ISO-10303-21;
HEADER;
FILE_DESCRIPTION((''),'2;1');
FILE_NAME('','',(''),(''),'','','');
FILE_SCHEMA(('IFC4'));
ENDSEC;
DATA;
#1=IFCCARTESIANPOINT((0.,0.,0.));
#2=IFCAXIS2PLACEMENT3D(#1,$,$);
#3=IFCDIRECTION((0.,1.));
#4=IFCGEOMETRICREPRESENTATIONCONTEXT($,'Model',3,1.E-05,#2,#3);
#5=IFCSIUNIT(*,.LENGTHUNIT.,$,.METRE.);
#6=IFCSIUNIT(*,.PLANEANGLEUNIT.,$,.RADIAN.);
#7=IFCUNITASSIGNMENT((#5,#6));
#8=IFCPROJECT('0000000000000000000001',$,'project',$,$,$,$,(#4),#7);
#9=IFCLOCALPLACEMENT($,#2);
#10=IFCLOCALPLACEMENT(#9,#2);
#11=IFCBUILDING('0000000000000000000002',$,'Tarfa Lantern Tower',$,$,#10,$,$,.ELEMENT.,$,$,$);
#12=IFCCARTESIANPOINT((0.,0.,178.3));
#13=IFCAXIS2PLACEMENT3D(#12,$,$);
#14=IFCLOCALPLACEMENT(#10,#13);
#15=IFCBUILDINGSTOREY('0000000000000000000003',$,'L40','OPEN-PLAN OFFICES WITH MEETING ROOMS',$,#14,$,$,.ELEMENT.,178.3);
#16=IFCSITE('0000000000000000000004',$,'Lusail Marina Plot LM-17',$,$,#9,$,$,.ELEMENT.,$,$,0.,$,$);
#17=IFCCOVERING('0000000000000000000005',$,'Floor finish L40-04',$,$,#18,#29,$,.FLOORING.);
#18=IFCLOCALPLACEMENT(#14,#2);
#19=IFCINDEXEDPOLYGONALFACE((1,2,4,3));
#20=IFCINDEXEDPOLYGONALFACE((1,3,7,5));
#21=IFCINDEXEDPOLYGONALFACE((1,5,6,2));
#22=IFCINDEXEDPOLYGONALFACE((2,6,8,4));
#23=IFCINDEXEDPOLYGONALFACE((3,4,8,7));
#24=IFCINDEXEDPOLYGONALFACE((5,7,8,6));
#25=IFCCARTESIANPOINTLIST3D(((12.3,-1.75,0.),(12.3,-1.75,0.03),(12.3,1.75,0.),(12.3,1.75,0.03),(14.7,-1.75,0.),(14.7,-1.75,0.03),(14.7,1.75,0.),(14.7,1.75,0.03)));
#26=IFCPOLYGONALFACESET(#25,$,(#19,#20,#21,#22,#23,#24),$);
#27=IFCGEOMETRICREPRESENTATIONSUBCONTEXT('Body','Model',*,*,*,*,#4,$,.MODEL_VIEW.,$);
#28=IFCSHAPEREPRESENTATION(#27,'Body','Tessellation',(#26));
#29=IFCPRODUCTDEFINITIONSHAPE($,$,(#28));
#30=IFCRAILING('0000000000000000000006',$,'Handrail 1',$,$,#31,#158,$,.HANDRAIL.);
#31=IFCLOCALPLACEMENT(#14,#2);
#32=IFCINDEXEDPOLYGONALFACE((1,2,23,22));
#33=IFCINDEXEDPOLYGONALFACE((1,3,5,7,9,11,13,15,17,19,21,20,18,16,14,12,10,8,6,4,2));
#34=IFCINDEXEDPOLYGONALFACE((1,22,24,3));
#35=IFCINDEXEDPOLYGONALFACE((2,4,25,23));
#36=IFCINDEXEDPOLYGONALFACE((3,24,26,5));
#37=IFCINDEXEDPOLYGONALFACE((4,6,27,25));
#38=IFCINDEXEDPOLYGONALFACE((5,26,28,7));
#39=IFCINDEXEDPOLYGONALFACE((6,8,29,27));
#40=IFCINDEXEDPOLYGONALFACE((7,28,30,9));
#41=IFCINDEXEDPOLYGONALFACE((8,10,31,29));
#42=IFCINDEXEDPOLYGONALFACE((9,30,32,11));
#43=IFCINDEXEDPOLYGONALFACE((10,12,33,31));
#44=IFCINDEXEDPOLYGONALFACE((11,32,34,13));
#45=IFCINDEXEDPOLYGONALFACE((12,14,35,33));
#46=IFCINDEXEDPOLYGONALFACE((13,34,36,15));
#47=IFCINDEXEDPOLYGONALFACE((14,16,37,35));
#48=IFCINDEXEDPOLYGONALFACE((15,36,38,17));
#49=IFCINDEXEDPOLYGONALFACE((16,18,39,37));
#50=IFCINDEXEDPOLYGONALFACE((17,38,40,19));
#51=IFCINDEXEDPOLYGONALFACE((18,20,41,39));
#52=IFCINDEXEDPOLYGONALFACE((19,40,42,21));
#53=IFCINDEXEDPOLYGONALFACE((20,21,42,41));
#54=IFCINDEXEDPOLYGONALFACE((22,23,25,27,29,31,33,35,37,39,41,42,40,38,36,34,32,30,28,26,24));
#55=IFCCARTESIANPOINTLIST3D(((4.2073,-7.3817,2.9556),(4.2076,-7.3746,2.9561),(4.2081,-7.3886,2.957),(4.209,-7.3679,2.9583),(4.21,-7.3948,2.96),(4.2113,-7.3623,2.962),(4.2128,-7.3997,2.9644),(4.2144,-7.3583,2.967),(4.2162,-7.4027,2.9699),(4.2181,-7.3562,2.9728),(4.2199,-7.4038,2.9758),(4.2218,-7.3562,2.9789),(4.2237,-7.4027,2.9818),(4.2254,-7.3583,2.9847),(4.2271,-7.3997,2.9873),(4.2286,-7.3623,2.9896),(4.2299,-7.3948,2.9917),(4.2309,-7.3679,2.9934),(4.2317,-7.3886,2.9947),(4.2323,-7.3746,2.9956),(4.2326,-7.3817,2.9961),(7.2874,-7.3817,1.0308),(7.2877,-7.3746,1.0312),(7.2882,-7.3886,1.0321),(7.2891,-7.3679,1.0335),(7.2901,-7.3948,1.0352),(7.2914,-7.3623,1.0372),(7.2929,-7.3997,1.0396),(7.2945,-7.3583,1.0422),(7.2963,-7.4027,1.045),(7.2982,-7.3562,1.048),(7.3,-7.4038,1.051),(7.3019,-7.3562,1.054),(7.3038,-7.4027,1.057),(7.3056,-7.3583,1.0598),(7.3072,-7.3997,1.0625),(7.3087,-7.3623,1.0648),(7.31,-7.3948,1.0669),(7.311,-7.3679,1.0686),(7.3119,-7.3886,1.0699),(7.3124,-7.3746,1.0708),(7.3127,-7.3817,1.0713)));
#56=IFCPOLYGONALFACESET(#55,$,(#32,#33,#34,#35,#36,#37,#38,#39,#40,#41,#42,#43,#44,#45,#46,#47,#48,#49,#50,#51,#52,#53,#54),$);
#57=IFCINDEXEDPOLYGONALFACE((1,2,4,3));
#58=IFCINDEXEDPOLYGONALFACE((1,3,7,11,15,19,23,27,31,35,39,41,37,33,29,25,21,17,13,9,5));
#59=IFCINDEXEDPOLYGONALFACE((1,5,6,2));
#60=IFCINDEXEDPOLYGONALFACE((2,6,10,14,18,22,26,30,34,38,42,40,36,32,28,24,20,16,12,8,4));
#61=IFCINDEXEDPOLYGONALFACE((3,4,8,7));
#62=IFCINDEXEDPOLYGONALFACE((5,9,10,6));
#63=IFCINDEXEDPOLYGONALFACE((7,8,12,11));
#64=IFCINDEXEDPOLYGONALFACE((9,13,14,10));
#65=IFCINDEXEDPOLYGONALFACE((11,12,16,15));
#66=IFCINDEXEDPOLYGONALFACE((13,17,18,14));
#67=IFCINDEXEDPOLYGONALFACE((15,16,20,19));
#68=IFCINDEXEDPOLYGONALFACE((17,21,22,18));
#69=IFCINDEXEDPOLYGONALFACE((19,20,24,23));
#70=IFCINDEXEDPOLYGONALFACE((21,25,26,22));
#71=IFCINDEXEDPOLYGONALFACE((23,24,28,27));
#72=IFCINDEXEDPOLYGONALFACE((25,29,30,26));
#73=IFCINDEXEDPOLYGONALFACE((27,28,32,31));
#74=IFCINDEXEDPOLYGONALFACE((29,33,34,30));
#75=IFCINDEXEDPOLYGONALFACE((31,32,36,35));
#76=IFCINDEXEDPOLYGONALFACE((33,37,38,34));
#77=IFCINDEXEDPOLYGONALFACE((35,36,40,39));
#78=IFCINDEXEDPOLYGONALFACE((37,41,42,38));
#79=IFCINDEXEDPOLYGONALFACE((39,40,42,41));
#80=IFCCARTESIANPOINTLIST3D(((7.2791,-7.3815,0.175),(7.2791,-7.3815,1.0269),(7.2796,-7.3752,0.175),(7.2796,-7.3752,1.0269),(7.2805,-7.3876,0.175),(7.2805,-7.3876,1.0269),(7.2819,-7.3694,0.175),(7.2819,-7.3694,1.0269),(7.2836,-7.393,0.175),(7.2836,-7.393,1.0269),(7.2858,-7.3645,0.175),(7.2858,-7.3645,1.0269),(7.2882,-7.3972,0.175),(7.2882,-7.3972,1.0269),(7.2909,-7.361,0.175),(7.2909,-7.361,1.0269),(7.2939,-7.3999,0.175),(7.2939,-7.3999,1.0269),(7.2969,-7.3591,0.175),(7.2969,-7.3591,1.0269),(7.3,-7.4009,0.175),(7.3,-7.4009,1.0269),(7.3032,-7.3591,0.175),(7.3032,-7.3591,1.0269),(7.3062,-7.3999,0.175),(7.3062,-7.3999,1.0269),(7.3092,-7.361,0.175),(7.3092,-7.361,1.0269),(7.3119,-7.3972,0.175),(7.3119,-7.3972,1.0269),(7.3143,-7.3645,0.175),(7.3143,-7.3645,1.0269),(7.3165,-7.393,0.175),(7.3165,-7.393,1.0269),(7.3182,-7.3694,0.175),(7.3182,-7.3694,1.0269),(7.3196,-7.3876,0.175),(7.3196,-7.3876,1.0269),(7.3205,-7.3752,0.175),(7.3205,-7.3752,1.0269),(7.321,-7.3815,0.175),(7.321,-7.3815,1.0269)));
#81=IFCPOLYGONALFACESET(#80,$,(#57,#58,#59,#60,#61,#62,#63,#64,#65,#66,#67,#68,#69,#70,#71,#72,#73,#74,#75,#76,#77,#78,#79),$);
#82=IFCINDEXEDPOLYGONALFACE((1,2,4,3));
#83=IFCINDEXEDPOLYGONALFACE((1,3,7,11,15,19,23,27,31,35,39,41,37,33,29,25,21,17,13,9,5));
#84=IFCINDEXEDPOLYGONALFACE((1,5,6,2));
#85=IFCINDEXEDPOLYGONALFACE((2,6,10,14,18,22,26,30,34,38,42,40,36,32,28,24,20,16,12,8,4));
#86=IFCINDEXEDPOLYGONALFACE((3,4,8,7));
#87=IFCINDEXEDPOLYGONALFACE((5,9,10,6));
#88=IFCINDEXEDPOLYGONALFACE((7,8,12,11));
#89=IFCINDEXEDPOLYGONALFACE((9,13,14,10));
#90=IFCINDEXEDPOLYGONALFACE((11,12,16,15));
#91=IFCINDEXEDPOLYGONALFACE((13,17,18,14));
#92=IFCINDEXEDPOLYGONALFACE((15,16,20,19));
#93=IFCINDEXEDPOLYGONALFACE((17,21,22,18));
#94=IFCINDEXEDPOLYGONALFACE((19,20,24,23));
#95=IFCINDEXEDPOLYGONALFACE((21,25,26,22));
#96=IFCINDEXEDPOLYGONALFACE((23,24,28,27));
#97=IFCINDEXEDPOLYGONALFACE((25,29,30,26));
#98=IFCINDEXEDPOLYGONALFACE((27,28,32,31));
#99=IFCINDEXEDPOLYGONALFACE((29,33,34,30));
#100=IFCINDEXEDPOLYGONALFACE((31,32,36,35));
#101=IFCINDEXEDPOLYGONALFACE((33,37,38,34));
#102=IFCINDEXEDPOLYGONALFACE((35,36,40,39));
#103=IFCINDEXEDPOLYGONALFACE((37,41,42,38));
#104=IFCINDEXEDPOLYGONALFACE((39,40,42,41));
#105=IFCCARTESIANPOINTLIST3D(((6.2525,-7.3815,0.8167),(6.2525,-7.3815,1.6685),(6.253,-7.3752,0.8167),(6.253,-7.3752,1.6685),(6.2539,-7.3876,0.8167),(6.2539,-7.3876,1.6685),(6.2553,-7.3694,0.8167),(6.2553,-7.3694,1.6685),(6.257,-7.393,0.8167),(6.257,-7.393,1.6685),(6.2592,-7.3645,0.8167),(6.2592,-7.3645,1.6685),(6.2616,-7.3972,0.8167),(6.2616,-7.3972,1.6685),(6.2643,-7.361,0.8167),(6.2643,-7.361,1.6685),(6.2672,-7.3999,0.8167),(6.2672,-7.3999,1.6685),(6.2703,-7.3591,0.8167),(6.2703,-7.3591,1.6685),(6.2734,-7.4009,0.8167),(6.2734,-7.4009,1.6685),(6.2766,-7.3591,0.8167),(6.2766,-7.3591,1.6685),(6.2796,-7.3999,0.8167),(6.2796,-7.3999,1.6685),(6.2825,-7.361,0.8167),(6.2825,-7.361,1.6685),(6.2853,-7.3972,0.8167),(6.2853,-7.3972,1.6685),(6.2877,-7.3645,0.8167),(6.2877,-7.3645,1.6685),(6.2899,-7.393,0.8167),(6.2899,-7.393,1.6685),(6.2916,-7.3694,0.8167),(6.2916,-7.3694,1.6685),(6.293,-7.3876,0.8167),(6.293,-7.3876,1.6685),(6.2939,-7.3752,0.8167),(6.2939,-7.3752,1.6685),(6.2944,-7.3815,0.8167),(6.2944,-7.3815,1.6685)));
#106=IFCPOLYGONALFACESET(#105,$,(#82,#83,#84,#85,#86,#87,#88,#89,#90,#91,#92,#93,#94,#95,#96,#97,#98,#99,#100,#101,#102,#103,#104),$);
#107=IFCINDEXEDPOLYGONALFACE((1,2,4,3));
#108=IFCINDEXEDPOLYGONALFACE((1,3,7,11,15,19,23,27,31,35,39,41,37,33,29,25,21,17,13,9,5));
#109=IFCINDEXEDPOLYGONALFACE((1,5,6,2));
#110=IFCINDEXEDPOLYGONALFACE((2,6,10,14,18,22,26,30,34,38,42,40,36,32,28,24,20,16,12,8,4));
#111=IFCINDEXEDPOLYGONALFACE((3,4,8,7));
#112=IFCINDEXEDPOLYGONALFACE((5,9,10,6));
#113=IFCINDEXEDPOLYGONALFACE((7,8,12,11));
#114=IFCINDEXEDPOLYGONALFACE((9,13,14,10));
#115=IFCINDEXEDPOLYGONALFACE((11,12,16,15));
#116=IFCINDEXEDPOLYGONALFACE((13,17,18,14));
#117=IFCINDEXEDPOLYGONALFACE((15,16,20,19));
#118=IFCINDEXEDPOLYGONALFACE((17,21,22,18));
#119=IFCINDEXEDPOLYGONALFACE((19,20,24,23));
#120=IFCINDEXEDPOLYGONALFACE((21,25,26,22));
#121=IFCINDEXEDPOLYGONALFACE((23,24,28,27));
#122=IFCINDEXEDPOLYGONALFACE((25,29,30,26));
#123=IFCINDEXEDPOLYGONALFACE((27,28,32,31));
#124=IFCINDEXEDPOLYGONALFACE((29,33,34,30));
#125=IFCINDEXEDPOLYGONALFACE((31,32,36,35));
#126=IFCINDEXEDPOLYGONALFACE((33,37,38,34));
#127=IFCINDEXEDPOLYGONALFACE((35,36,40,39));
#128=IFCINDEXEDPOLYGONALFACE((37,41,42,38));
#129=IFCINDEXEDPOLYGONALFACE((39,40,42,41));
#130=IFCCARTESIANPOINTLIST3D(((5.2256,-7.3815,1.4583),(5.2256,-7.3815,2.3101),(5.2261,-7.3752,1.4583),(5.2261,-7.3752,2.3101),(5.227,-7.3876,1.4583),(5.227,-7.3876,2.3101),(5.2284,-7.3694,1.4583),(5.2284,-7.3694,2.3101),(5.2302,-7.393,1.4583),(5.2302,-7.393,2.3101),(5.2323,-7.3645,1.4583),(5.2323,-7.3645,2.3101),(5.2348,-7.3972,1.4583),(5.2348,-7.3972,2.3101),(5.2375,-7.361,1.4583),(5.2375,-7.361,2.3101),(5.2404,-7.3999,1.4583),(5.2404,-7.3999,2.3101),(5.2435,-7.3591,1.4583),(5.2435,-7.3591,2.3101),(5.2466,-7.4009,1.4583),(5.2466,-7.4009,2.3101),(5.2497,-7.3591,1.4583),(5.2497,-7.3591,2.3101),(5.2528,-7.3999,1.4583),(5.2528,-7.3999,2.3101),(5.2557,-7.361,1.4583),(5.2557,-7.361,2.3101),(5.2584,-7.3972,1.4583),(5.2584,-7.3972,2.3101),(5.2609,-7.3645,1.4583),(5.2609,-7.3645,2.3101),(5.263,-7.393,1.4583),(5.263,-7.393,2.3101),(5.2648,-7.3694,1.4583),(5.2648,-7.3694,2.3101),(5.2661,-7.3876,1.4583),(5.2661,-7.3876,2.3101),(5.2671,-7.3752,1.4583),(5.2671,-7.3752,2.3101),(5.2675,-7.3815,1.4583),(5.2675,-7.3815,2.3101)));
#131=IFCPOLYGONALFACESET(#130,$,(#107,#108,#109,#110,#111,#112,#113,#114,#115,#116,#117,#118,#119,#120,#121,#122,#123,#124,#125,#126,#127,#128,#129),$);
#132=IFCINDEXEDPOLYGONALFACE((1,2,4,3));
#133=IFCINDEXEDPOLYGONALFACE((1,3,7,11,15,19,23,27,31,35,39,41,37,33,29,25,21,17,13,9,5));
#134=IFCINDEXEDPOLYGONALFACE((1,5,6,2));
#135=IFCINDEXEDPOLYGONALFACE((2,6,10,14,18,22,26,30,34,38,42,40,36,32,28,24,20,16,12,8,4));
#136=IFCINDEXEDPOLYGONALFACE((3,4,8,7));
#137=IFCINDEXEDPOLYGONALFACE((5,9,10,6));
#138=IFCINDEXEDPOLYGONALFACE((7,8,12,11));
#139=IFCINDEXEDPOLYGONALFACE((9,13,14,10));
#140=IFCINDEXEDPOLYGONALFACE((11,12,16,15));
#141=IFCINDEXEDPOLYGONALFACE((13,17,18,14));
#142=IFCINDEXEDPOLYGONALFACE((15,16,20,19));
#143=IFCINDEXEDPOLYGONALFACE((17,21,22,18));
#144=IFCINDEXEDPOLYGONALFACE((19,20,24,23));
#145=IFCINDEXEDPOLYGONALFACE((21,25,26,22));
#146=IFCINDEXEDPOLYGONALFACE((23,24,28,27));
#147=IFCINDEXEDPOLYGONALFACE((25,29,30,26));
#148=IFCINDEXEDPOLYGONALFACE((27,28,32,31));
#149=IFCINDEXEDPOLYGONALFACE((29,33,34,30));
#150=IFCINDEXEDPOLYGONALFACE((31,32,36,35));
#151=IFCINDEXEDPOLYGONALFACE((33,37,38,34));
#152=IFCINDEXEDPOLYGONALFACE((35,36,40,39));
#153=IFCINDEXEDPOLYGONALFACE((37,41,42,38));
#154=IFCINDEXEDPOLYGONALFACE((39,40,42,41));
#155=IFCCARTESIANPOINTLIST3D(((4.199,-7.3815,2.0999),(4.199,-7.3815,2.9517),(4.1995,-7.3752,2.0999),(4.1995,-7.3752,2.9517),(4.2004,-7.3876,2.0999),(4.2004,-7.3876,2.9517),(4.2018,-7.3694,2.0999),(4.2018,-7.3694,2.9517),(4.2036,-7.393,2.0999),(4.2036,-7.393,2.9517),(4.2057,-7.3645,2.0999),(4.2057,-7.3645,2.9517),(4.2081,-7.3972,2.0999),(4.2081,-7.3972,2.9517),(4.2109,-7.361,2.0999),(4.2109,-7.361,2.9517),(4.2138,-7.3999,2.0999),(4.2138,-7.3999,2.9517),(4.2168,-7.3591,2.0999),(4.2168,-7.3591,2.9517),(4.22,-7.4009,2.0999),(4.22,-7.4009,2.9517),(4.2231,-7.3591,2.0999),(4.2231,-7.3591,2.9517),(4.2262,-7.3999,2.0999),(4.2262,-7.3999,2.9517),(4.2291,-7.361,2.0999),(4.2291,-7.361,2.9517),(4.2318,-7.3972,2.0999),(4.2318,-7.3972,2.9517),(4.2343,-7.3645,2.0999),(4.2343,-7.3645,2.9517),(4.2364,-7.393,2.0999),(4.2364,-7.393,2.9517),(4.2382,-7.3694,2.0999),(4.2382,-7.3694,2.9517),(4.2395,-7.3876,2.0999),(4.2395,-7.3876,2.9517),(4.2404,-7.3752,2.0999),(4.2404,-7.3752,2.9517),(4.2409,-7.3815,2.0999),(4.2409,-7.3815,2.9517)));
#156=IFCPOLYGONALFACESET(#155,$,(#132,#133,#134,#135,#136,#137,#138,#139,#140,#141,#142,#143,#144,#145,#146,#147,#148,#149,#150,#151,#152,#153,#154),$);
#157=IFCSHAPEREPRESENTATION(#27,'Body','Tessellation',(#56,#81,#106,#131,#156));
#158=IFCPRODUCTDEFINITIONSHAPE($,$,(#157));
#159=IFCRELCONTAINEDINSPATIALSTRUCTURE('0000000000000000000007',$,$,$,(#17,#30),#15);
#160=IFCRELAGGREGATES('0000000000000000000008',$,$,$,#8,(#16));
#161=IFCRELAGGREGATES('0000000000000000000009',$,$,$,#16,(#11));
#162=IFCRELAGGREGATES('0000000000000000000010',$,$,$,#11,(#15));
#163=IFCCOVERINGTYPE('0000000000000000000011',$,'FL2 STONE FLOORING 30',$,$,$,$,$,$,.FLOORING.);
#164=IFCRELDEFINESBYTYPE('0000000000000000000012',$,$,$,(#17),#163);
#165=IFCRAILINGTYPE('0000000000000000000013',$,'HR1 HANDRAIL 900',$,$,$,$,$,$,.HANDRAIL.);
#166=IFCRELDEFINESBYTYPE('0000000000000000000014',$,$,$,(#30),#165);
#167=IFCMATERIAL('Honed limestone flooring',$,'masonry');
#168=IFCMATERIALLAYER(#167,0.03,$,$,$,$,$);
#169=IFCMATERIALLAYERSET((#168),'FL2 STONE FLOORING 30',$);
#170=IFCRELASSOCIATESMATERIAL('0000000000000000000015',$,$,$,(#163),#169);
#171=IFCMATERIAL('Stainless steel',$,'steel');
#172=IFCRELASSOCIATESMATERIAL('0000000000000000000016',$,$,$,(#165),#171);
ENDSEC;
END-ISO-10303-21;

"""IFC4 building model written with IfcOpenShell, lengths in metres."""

from ifc_helpers import new_model, si_unit, direction, frame, origin, origin_2d, place, context, subcontext, project, spatial, polyline, circle, outline, extrude, material, layer, layer_set, type_object, element, save


model = new_model("IFC4")

# Units and contexts
model_context = context("Model", 3, precision=1e-05, world=origin(), true_north=direction((0.0, 1.0)))
body_context = subcontext(model_context, "Body", "Model", "MODEL_VIEW")
ifc_project = project(units=[si_unit("LENGTHUNIT", "METRE"), si_unit("PLANEANGLEUNIT", "RADIAN")], contexts=[model_context])

# Site, building, storey
site_placement = place(None, origin())
site = spatial("IfcSite", under=ifc_project, at=site_placement, Name="Lusail Marina Plot LM-17", CompositionType="ELEMENT", RefElevation=0.0)
building_placement = place(site_placement, origin())
building = spatial("IfcBuilding", under=site, at=building_placement, Name="Tarfa Lantern Tower", CompositionType="ELEMENT")
storey_placement = place(building_placement, frame((0.0, 0.0, 178.3)))
storey = spatial("IfcBuildingStorey", under=building, at=storey_placement, Name="L40", Description="OPEN-PLAN OFFICES WITH MEETING ROOMS", CompositionType="ELEMENT", Elevation=178.3)

# Covering
ifc_material_1 = material(Name="Honed limestone flooring", Category="masonry")
ifc_layer_1 = layer(ifc_material_1, 0.03)
ifc_layer_set_1 = layer_set([ifc_layer_1], Name="FL2 STONE FLOORING 30")
covering_type_1 = type_object("IfcCoveringType", Name="FL2 STONE FLOORING 30", PredefinedType="FLOORING", material=ifc_layer_set_1)
covering_1_placement = place(storey_placement, origin())
element("IfcCovering", 1, at=covering_1_placement, inside=storey, type_object=covering_type_1, Name="Floor finish L40-04", PredefinedType="FLOORING", context=body_context, shape_type="SweptSolid", body=[
    extrude(outline(polyline([(12.3, -1.75), (14.7, -1.75), (14.7, 1.75), (12.3, 1.75), (12.3, -1.75)])), origin(), (0.0, 0.0, 1.0), 0.03),
])

# Railing
ifc_material_2 = material(Name="Stainless steel", Category="steel")
railing_type = type_object("IfcRailingType", Name="HR1 HANDRAIL 900", PredefinedType="HANDRAIL", material=ifc_material_2)
railing_1_placement = place(storey_placement, frame((7.3, -7.3799, 0.175)))
element("IfcRailing", 2, at=railing_1_placement, inside=storey, type_object=railing_type, Name="Handrail 1", PredefinedType="HANDRAIL", context=body_context, shape_type="SweptSolid", body=[
    extrude(circle(Radius=0.0239, at=origin_2d()), frame((0.0, 0.0, 0.876), z_axis=(-0.848029, 0.0, 0.529951), x_axis=(0.0, -1.0, 0.0)), (0.0, 0.0, 1.0), 3.6321),
    extrude(circle(Radius=0.021, at=origin_2d()), frame((0.0, 0.0, 0.0), z_axis=(0.0, 0.0, 1.0), x_axis=(0.0, -1.0, 0.0)), (0.0, 0.0, 1.0), 0.8518),
    extrude(circle(Radius=0.021, at=origin_2d()), frame((-1.0266, 0.0, 0.6416), z_axis=(0.0, 0.0, 1.0), x_axis=(0.0, -1.0, 0.0)), (0.0, 0.0, 1.0), 0.8518),
    extrude(circle(Radius=0.021, at=origin_2d()), frame((-2.0535, 0.0, 1.2832), z_axis=(0.0, 0.0, 1.0), x_axis=(0.0, -1.0, 0.0)), (0.0, 0.0, 1.0), 0.8518),
    extrude(circle(Radius=0.021, at=origin_2d()), frame((-3.0801, 0.0, 1.9248), z_axis=(0.0, 0.0, 1.0), x_axis=(0.0, -1.0, 0.0)), (0.0, 0.0, 1.0), 0.8518),
])

save(model, "model.ifc")
